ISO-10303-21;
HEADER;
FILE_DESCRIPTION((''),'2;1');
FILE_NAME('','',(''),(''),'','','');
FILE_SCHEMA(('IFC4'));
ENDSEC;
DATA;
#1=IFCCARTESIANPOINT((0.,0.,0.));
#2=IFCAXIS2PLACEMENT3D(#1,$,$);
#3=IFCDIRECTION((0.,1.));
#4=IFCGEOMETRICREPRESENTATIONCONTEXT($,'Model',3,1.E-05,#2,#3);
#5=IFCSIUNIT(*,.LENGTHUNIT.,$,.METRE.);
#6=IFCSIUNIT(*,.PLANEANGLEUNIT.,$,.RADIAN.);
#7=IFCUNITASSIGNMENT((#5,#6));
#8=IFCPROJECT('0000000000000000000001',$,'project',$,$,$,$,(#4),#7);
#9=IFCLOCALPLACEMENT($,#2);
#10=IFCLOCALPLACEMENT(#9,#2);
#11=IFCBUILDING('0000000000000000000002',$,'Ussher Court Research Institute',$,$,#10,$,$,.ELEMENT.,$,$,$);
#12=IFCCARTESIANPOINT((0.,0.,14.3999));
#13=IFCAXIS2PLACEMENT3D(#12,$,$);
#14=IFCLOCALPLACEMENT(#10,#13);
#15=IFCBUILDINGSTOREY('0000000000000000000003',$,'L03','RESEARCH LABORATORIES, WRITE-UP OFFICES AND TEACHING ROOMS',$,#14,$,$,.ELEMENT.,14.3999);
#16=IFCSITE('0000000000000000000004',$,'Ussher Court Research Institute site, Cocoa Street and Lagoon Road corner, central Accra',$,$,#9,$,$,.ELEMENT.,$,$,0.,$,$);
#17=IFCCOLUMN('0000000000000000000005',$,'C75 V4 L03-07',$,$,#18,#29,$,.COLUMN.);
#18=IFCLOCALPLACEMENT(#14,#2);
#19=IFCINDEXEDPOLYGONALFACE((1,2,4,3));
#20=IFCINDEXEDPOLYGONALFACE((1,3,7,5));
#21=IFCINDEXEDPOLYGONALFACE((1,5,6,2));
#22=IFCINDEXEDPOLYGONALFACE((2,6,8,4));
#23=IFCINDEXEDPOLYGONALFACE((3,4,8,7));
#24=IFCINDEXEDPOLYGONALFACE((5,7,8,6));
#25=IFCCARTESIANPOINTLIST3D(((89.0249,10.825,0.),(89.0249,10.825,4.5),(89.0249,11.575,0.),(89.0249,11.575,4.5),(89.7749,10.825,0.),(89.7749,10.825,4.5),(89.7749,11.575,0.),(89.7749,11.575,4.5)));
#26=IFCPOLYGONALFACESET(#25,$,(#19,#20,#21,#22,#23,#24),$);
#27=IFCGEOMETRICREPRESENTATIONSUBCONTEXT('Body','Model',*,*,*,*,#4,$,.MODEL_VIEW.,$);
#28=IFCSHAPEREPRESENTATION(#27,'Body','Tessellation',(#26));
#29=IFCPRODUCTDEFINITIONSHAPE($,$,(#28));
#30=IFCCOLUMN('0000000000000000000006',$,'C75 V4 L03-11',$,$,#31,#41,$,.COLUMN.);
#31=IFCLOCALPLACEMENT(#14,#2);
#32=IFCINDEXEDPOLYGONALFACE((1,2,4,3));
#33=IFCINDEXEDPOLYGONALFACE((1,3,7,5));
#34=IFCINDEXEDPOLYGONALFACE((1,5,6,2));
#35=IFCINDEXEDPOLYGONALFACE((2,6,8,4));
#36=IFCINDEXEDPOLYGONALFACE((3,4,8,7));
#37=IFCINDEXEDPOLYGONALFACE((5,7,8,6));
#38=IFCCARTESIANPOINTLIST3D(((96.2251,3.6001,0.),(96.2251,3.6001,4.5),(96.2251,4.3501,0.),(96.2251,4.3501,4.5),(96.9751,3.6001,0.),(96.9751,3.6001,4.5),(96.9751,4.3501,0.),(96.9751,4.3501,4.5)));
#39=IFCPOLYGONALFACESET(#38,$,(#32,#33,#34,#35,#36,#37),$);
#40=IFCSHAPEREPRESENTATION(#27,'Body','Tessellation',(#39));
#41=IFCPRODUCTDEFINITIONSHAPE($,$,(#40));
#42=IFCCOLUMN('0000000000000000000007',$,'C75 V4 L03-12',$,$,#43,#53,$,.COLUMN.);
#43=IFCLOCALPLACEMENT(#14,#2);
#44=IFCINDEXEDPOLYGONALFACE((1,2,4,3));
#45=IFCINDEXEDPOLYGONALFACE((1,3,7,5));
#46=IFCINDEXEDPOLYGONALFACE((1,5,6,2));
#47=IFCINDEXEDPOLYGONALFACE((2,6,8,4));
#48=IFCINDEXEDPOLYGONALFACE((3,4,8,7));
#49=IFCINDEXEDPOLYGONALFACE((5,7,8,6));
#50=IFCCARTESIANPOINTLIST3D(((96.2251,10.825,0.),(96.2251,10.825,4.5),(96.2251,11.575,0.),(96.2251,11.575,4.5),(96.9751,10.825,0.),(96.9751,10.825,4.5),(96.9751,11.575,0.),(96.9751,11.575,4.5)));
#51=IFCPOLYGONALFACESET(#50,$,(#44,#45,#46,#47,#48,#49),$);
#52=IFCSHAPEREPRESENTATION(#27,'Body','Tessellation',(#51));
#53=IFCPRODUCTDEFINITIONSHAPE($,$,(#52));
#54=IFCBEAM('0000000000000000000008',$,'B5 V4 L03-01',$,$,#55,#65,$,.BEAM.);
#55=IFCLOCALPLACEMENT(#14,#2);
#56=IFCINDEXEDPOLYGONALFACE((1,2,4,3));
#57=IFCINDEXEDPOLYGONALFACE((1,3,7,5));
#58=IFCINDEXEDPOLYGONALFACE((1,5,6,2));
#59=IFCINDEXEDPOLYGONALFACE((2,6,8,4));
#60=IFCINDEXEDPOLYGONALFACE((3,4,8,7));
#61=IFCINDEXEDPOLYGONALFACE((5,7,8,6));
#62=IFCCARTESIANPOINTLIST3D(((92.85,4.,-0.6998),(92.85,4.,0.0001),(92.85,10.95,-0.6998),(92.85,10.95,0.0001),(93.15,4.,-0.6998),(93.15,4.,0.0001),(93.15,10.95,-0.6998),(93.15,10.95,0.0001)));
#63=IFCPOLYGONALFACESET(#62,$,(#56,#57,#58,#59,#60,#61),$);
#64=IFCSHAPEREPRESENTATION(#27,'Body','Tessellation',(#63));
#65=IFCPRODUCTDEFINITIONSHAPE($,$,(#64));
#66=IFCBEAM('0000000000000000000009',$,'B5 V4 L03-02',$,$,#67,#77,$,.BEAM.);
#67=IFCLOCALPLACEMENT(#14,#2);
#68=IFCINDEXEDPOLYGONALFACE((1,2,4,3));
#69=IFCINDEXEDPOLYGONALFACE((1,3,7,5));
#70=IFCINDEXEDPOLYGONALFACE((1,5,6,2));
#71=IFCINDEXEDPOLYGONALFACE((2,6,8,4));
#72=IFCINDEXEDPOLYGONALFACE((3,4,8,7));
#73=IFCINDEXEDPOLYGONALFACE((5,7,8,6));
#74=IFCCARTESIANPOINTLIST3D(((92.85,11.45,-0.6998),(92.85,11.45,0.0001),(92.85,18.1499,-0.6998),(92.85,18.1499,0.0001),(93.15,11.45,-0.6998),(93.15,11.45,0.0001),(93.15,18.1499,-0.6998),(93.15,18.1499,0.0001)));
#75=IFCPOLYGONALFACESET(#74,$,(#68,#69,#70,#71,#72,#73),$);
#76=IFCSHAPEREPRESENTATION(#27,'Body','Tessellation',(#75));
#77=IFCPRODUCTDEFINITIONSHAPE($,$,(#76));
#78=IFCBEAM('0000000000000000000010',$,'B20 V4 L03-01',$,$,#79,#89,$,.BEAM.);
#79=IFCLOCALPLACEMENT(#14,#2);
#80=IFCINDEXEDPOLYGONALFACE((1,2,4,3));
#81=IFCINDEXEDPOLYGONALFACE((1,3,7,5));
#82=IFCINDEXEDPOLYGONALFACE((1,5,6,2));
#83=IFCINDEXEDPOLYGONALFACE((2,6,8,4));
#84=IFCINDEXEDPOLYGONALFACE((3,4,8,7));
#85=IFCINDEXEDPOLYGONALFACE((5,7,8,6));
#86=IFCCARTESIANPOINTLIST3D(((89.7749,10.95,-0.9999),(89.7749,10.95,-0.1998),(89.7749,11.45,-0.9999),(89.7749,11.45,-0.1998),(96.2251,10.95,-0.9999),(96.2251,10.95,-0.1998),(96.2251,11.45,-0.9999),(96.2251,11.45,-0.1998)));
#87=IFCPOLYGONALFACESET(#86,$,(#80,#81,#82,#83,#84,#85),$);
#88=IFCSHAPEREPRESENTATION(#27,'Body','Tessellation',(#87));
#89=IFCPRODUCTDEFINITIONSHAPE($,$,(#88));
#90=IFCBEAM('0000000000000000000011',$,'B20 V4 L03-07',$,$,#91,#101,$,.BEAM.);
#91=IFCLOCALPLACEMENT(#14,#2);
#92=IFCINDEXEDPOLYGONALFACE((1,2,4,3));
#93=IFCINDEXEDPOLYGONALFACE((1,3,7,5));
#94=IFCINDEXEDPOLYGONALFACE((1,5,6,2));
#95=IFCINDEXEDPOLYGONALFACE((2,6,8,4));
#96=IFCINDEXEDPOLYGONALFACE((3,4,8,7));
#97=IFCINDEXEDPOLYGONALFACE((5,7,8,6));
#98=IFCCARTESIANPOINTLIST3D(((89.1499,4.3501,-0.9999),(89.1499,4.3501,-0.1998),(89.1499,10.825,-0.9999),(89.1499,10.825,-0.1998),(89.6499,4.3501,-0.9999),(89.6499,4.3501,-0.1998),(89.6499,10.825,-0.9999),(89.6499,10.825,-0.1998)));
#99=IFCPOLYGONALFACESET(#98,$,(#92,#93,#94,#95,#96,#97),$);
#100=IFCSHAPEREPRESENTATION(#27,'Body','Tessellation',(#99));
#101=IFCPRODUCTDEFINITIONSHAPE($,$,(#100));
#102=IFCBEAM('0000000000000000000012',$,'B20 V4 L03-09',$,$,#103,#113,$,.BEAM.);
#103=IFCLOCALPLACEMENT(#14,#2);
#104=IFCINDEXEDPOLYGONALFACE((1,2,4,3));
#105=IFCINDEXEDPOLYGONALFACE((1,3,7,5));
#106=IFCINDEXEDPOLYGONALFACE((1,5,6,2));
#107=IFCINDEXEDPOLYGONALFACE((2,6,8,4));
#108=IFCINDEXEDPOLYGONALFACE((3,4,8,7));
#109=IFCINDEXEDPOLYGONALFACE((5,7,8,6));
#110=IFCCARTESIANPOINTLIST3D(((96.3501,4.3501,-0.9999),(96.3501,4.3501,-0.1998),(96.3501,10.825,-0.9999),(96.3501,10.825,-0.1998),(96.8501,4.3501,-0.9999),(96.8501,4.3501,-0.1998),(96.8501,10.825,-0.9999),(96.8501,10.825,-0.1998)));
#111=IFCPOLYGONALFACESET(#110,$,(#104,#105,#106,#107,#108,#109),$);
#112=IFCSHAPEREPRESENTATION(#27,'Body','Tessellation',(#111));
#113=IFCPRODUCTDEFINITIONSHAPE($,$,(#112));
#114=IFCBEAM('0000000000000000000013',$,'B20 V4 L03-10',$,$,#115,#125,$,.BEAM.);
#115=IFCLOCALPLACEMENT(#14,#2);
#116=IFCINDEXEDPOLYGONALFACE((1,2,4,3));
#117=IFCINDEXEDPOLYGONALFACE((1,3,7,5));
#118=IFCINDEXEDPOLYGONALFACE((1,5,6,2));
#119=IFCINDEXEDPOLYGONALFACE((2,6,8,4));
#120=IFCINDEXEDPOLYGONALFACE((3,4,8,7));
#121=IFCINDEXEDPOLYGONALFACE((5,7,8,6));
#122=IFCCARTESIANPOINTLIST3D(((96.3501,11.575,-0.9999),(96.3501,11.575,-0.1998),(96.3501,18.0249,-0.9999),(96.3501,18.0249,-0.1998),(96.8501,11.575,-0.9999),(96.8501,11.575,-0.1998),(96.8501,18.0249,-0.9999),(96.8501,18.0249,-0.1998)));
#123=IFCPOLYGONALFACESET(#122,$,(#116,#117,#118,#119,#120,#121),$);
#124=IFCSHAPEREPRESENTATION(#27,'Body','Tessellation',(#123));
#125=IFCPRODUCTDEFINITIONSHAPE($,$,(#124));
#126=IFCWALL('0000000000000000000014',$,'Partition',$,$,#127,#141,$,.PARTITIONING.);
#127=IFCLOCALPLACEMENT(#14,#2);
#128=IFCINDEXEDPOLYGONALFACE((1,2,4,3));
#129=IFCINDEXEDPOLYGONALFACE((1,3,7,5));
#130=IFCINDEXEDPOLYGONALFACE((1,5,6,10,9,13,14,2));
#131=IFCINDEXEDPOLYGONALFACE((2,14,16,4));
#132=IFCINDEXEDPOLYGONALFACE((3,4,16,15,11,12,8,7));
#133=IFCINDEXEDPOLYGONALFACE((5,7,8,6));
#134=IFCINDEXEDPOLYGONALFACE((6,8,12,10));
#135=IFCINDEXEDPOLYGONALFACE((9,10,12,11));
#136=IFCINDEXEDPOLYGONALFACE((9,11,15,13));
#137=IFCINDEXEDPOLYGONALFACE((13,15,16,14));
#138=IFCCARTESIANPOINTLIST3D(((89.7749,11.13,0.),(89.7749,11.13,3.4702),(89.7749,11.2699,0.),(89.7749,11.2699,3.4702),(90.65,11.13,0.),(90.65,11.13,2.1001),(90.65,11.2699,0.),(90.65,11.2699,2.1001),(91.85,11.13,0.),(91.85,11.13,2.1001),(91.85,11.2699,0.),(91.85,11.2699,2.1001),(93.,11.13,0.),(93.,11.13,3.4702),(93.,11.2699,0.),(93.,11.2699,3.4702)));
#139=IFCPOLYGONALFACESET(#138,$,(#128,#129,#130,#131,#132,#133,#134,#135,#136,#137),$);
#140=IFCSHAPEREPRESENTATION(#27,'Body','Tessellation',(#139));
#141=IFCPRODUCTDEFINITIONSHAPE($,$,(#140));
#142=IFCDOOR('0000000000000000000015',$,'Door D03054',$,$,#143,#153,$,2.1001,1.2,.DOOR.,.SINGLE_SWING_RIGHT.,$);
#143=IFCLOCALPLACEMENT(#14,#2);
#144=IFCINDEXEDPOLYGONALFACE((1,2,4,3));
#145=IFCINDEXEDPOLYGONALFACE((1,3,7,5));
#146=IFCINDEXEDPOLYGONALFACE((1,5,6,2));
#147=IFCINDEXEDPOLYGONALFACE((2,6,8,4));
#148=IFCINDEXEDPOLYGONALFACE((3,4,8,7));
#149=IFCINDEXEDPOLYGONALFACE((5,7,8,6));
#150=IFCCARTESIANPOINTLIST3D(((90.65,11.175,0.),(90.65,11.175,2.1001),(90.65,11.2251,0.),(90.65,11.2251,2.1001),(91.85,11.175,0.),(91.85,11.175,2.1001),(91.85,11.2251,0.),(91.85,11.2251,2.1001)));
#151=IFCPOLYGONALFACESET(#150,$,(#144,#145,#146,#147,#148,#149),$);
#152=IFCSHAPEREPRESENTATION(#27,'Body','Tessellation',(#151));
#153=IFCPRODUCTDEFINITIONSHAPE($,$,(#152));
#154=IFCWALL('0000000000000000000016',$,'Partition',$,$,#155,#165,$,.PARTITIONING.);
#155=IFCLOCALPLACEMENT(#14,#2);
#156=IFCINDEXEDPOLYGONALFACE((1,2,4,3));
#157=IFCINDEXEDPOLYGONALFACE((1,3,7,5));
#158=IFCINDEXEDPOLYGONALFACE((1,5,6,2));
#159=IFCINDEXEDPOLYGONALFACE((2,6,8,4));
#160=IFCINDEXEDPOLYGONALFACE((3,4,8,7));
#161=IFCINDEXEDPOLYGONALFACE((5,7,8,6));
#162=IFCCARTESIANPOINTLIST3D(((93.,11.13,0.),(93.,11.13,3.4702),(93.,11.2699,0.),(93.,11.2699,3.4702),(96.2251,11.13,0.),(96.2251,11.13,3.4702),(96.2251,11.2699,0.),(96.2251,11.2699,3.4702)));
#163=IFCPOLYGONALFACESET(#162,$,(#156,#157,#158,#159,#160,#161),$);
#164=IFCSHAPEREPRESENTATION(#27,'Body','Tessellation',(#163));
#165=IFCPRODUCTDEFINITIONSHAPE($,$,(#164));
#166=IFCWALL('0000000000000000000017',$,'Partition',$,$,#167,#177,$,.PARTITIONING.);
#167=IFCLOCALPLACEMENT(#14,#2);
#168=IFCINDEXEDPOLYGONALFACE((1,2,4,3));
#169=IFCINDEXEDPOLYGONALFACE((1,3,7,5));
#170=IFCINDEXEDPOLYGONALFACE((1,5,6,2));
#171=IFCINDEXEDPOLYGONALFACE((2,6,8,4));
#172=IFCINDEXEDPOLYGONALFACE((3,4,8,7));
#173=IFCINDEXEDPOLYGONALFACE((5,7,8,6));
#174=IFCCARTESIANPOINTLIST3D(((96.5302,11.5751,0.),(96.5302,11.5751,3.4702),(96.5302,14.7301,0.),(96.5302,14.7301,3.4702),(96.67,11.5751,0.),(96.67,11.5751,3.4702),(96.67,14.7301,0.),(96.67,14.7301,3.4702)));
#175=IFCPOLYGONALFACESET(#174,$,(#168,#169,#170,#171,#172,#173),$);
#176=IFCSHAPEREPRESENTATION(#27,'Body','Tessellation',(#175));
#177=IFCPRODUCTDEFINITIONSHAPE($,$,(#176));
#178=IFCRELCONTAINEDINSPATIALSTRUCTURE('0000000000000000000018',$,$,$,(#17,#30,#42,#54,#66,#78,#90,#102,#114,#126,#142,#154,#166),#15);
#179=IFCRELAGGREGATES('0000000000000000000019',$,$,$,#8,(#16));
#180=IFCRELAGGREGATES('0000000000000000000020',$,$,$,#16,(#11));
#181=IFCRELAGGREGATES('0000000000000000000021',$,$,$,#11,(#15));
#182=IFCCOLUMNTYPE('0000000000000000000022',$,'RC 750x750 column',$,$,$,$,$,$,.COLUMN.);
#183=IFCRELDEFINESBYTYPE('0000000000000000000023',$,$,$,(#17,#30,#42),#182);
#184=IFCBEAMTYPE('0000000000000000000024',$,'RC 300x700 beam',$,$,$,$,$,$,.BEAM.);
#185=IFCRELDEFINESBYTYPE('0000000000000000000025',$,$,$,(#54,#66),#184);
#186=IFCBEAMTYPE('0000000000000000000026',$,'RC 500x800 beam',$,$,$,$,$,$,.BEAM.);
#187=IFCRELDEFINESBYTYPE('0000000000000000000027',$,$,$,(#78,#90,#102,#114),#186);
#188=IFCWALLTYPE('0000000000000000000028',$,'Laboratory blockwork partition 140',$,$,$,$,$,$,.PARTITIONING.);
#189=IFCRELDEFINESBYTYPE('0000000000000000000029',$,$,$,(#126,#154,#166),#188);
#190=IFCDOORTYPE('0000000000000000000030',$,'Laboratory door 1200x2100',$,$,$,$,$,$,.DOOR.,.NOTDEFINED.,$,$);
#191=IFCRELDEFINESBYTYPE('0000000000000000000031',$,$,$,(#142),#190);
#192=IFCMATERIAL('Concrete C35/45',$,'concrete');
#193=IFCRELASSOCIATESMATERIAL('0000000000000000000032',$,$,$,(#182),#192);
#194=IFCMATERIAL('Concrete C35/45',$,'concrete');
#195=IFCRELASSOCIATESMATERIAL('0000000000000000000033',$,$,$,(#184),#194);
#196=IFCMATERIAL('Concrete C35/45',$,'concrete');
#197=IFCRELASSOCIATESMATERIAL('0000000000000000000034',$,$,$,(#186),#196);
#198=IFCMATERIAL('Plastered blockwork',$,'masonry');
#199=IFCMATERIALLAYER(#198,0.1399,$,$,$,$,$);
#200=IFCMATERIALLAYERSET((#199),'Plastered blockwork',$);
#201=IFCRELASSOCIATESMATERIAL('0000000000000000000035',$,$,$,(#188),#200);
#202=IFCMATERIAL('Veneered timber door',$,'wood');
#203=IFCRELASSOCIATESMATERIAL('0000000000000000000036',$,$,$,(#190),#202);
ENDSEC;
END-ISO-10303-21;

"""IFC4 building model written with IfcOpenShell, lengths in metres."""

from ifc_helpers import new_model, si_unit, direction, frame, frame_2d, origin, origin_2d, place, context, subcontext, project, spatial, rectangle, extrude, material, layer, layer_set, material_profile, profile_set, type_object, element, fill, save


model = new_model("IFC4")

# Units and contexts
model_context = context("Model", 3, precision=1e-05, world=origin(), true_north=direction((0.0, 1.0)))
body_context = subcontext(model_context, "Body", "Model", "MODEL_VIEW")
ifc_project = project(units=[si_unit("LENGTHUNIT", "METRE"), si_unit("PLANEANGLEUNIT", "RADIAN")], contexts=[model_context])

# Site, building, storey
site_placement = place(None, origin())
site = spatial("IfcSite", under=ifc_project, at=site_placement, Name="Ussher Court Research Institute site, Cocoa Street and Lagoon Road corner, central Accra", CompositionType="ELEMENT", RefElevation=0.0)
building_placement = place(site_placement, origin())
building = spatial("IfcBuilding", under=site, at=building_placement, Name="Ussher Court Research Institute", CompositionType="ELEMENT")
storey_placement = place(building_placement, frame((0.0, 0.0, 14.3999)))
storey = spatial("IfcBuildingStorey", under=building, at=storey_placement, Name="L03", Description="RESEARCH LABORATORIES, WRITE-UP OFFICES AND TEACHING ROOMS", CompositionType="ELEMENT", Elevation=14.3999)

# Columns
ifc_material_1 = material(Name="Concrete C35/45", Category="concrete")
ifc_material_profile_1 = material_profile(ifc_material_1, rectangle(XDim=0.75, YDim=0.75, at=origin_2d()), Name="RC 750x750")
ifc_profile_set_1 = profile_set([ifc_material_profile_1], Name="Concrete C35/45")
column_type = type_object("IfcColumnType", Name="RC 750x750 column", PredefinedType="COLUMN", material=ifc_profile_set_1)
for number, where, z_axis, x_axis, name in (
    (1, (89.3999, 11.2, 0.0), (0.0, 0.0, 1.0), (1.0, 0.0, 0.0), "C75 V4 L03-07"),
    (2, (96.6001, 3.9751, 0.0), (0.0, 0.0, 1.0), (1.0, 0.0, 0.0), "C75 V4 L03-11"),
    (3, (96.6001, 11.2, 0.0), (0.0, 0.0, 1.0), (1.0, 0.0, 0.0), "C75 V4 L03-12"),
):
    element("IfcColumn", number, at=place(storey_placement, frame(where, z_axis=z_axis, x_axis=x_axis)), inside=storey, type_object=column_type, Name=name, PredefinedType="COLUMN", context=body_context, shape_type="SweptSolid", body=[
        extrude(rectangle(XDim=0.75, YDim=0.75, at=origin_2d()), origin(), (0.0, 0.0, 1.0), 4.5),
    ])

# Beams
ifc_material_2 = material(Name="Concrete C35/45", Category="concrete")
ifc_material_profile_2 = material_profile(ifc_material_2, rectangle(XDim=0.3, YDim=0.7, at=origin_2d()), Name="RC 300x700")
ifc_profile_set_2 = profile_set([ifc_material_profile_2], Name="Concrete C35/45")
beam_type_1 = type_object("IfcBeamType", Name="RC 300x700 beam", PredefinedType="BEAM", material=ifc_profile_set_2)
beam_1_placement = place(storey_placement, frame((93.0, 4.0, -0.3499), z_axis=(0.0, 1.0, 0.0), x_axis=(-1.0, 0.0, 0.0)))
element("IfcBeam", 4, at=beam_1_placement, inside=storey, type_object=beam_type_1, Name="B5 V4 L03-01", PredefinedType="BEAM", context=body_context, shape_type="SweptSolid", body=[
    extrude(rectangle(XDim=0.3, YDim=0.7, at=origin_2d()), origin(), (0.0, 0.0, 1.0), 6.95),
])
beam_2_placement = place(storey_placement, frame((93.0, 11.45, -0.3499), z_axis=(0.0, 1.0, 0.0), x_axis=(-1.0, 0.0, 0.0)))
element("IfcBeam", 5, at=beam_2_placement, inside=storey, type_object=beam_type_1, Name="B5 V4 L03-02", PredefinedType="BEAM", context=body_context, shape_type="SweptSolid", body=[
    extrude(rectangle(XDim=0.3, YDim=0.7, at=origin_2d()), origin(), (0.0, 0.0, 1.0), 6.7),
])
ifc_material_3 = material(Name="Concrete C35/45", Category="concrete")
ifc_material_profile_3 = material_profile(ifc_material_3, rectangle(XDim=0.5, YDim=0.8, at=origin_2d()), Name="RC 500x800")
ifc_profile_set_3 = profile_set([ifc_material_profile_3], Name="Concrete C35/45")
beam_type_2 = type_object("IfcBeamType", Name="RC 500x800 beam", PredefinedType="BEAM", material=ifc_profile_set_3)
beam_3_placement = place(storey_placement, frame((89.7749, 11.2, -0.5999), z_axis=(1.0, 0.0, 0.0), x_axis=(0.0, 1.0, 0.0)))
element("IfcBeam", 6, at=beam_3_placement, inside=storey, type_object=beam_type_2, Name="B20 V4 L03-01", PredefinedType="BEAM", context=body_context, shape_type="SweptSolid", body=[
    extrude(rectangle(XDim=0.5, YDim=0.8, at=origin_2d()), origin(), (0.0, 0.0, 1.0), 6.4502),
])
for number, where, z_axis, x_axis, name in (
    (7, (89.3999, 4.3501, -0.5999), (0.0, 1.0, 0.0), (-1.0, 0.0, 0.0), "B20 V4 L03-07"),
    (8, (96.6001, 4.3501, -0.5999), (0.0, 1.0, 0.0), (-1.0, 0.0, 0.0), "B20 V4 L03-09"),
):
    element("IfcBeam", number, at=place(storey_placement, frame(where, z_axis=z_axis, x_axis=x_axis)), inside=storey, type_object=beam_type_2, Name=name, PredefinedType="BEAM", context=body_context, shape_type="SweptSolid", body=[
        extrude(rectangle(XDim=0.5, YDim=0.8, at=origin_2d()), origin(), (0.0, 0.0, 1.0), 6.4749),
    ])
beam_4_placement = place(storey_placement, frame((96.6001, 11.575, -0.5999), z_axis=(0.0, 1.0, 0.0), x_axis=(-1.0, 0.0, 0.0)))
element("IfcBeam", 9, at=beam_4_placement, inside=storey, type_object=beam_type_2, Name="B20 V4 L03-10", PredefinedType="BEAM", context=body_context, shape_type="SweptSolid", body=[
    extrude(rectangle(XDim=0.5, YDim=0.8, at=origin_2d()), origin(), (0.0, 0.0, 1.0), 6.45),
])

# Wall, opening, door
ifc_material_4 = material(Name="Plastered blockwork", Category="masonry")
ifc_layer_1 = layer(ifc_material_4, 0.1399)
ifc_layer_set_1 = layer_set([ifc_layer_1], Name="Plastered blockwork")
wall_type_1 = type_object("IfcWallType", Name="Laboratory blockwork partition 140", PredefinedType="PARTITIONING", material=ifc_layer_set_1)
wall_1_placement = place(storey_placement, frame((93.0, 11.2, 0.0), z_axis=(0.0, 0.0, 1.0), x_axis=(-1.0, 0.0, 0.0)))
wall_1 = element("IfcWall", 10, at=wall_1_placement, inside=storey, type_object=wall_type_1, Name="Partition", PredefinedType="PARTITIONING", context=body_context, shape_type="SweptSolid", body=[
    extrude(rectangle(XDim=3.2251, YDim=0.1399, at=frame_2d((1.6125, 0.0))), origin(), (0.0, 0.0, 1.0), 3.4702),
])
opening_1_placement = place(wall_1_placement, frame((1.1499, 0.0, 0.0)))
opening_1 = element("IfcOpeningElement", 11, at=opening_1_placement, cuts=wall_1, PredefinedType="OPENING", context=body_context, shape_type="SweptSolid", body=[
    extrude(rectangle(XDim=1.2, YDim=2.1001, at=frame_2d((0.6001, 1.05))), frame((0.0, 0.0801, 0.0), z_axis=(0.0, -1.0, 0.0), x_axis=(1.0, 0.0, 0.0)), (0.0, 0.0, 1.0), 0.1599),
])
ifc_material_5 = material(Name="Veneered timber door", Category="wood")
door_type_1 = type_object("IfcDoorType", Name="Laboratory door 1200x2100", OperationType="NOTDEFINED", PredefinedType="DOOR", material=ifc_material_5)
door_1_placement = place(opening_1_placement, origin())
door_1 = element("IfcDoor", 12, at=door_1_placement, inside=storey, type_object=door_type_1, Name="Door D03054", OperationType="SINGLE_SWING_RIGHT", OverallHeight=2.1001, OverallWidth=1.2, PredefinedType="DOOR", context=body_context, shape_type="SweptSolid", body=[
    extrude(rectangle(XDim=1.2, YDim=2.1001, at=frame_2d((0.6001, 1.05))), frame((0.0, 0.0249, 0.0), z_axis=(0.0, -1.0, 0.0), x_axis=(1.0, 0.0, 0.0)), (0.0, 0.0, 1.0), 0.05),
])
fill(opening_1, door_1)

# Walls
wall_2_placement = place(storey_placement, frame((93.0, 11.2, 0.0), z_axis=(0.0, 0.0, 1.0), x_axis=(1.0, 0.0, 0.0)))
element("IfcWall", 13, at=wall_2_placement, inside=storey, type_object=wall_type_1, Name="Partition", PredefinedType="PARTITIONING", context=body_context, shape_type="SweptSolid", body=[
    extrude(rectangle(XDim=3.2251, YDim=0.1399, at=frame_2d((1.6125, 0.0))), origin(), (0.0, 0.0, 1.0), 3.4702),
])
wall_3_placement = place(storey_placement, frame((96.6001, 11.575, 0.0), z_axis=(0.0, 0.0, 1.0), x_axis=(0.0, 1.0, 0.0)))
element("IfcWall", 14, at=wall_3_placement, inside=storey, type_object=wall_type_1, Name="Partition", PredefinedType="PARTITIONING", context=body_context, shape_type="SweptSolid", body=[
    extrude(rectangle(XDim=3.155, YDim=0.1399, at=frame_2d((1.5776, 0.0))), origin(), (0.0, 0.0, 1.0), 3.4702),
])

save(model, "model.ifc")
